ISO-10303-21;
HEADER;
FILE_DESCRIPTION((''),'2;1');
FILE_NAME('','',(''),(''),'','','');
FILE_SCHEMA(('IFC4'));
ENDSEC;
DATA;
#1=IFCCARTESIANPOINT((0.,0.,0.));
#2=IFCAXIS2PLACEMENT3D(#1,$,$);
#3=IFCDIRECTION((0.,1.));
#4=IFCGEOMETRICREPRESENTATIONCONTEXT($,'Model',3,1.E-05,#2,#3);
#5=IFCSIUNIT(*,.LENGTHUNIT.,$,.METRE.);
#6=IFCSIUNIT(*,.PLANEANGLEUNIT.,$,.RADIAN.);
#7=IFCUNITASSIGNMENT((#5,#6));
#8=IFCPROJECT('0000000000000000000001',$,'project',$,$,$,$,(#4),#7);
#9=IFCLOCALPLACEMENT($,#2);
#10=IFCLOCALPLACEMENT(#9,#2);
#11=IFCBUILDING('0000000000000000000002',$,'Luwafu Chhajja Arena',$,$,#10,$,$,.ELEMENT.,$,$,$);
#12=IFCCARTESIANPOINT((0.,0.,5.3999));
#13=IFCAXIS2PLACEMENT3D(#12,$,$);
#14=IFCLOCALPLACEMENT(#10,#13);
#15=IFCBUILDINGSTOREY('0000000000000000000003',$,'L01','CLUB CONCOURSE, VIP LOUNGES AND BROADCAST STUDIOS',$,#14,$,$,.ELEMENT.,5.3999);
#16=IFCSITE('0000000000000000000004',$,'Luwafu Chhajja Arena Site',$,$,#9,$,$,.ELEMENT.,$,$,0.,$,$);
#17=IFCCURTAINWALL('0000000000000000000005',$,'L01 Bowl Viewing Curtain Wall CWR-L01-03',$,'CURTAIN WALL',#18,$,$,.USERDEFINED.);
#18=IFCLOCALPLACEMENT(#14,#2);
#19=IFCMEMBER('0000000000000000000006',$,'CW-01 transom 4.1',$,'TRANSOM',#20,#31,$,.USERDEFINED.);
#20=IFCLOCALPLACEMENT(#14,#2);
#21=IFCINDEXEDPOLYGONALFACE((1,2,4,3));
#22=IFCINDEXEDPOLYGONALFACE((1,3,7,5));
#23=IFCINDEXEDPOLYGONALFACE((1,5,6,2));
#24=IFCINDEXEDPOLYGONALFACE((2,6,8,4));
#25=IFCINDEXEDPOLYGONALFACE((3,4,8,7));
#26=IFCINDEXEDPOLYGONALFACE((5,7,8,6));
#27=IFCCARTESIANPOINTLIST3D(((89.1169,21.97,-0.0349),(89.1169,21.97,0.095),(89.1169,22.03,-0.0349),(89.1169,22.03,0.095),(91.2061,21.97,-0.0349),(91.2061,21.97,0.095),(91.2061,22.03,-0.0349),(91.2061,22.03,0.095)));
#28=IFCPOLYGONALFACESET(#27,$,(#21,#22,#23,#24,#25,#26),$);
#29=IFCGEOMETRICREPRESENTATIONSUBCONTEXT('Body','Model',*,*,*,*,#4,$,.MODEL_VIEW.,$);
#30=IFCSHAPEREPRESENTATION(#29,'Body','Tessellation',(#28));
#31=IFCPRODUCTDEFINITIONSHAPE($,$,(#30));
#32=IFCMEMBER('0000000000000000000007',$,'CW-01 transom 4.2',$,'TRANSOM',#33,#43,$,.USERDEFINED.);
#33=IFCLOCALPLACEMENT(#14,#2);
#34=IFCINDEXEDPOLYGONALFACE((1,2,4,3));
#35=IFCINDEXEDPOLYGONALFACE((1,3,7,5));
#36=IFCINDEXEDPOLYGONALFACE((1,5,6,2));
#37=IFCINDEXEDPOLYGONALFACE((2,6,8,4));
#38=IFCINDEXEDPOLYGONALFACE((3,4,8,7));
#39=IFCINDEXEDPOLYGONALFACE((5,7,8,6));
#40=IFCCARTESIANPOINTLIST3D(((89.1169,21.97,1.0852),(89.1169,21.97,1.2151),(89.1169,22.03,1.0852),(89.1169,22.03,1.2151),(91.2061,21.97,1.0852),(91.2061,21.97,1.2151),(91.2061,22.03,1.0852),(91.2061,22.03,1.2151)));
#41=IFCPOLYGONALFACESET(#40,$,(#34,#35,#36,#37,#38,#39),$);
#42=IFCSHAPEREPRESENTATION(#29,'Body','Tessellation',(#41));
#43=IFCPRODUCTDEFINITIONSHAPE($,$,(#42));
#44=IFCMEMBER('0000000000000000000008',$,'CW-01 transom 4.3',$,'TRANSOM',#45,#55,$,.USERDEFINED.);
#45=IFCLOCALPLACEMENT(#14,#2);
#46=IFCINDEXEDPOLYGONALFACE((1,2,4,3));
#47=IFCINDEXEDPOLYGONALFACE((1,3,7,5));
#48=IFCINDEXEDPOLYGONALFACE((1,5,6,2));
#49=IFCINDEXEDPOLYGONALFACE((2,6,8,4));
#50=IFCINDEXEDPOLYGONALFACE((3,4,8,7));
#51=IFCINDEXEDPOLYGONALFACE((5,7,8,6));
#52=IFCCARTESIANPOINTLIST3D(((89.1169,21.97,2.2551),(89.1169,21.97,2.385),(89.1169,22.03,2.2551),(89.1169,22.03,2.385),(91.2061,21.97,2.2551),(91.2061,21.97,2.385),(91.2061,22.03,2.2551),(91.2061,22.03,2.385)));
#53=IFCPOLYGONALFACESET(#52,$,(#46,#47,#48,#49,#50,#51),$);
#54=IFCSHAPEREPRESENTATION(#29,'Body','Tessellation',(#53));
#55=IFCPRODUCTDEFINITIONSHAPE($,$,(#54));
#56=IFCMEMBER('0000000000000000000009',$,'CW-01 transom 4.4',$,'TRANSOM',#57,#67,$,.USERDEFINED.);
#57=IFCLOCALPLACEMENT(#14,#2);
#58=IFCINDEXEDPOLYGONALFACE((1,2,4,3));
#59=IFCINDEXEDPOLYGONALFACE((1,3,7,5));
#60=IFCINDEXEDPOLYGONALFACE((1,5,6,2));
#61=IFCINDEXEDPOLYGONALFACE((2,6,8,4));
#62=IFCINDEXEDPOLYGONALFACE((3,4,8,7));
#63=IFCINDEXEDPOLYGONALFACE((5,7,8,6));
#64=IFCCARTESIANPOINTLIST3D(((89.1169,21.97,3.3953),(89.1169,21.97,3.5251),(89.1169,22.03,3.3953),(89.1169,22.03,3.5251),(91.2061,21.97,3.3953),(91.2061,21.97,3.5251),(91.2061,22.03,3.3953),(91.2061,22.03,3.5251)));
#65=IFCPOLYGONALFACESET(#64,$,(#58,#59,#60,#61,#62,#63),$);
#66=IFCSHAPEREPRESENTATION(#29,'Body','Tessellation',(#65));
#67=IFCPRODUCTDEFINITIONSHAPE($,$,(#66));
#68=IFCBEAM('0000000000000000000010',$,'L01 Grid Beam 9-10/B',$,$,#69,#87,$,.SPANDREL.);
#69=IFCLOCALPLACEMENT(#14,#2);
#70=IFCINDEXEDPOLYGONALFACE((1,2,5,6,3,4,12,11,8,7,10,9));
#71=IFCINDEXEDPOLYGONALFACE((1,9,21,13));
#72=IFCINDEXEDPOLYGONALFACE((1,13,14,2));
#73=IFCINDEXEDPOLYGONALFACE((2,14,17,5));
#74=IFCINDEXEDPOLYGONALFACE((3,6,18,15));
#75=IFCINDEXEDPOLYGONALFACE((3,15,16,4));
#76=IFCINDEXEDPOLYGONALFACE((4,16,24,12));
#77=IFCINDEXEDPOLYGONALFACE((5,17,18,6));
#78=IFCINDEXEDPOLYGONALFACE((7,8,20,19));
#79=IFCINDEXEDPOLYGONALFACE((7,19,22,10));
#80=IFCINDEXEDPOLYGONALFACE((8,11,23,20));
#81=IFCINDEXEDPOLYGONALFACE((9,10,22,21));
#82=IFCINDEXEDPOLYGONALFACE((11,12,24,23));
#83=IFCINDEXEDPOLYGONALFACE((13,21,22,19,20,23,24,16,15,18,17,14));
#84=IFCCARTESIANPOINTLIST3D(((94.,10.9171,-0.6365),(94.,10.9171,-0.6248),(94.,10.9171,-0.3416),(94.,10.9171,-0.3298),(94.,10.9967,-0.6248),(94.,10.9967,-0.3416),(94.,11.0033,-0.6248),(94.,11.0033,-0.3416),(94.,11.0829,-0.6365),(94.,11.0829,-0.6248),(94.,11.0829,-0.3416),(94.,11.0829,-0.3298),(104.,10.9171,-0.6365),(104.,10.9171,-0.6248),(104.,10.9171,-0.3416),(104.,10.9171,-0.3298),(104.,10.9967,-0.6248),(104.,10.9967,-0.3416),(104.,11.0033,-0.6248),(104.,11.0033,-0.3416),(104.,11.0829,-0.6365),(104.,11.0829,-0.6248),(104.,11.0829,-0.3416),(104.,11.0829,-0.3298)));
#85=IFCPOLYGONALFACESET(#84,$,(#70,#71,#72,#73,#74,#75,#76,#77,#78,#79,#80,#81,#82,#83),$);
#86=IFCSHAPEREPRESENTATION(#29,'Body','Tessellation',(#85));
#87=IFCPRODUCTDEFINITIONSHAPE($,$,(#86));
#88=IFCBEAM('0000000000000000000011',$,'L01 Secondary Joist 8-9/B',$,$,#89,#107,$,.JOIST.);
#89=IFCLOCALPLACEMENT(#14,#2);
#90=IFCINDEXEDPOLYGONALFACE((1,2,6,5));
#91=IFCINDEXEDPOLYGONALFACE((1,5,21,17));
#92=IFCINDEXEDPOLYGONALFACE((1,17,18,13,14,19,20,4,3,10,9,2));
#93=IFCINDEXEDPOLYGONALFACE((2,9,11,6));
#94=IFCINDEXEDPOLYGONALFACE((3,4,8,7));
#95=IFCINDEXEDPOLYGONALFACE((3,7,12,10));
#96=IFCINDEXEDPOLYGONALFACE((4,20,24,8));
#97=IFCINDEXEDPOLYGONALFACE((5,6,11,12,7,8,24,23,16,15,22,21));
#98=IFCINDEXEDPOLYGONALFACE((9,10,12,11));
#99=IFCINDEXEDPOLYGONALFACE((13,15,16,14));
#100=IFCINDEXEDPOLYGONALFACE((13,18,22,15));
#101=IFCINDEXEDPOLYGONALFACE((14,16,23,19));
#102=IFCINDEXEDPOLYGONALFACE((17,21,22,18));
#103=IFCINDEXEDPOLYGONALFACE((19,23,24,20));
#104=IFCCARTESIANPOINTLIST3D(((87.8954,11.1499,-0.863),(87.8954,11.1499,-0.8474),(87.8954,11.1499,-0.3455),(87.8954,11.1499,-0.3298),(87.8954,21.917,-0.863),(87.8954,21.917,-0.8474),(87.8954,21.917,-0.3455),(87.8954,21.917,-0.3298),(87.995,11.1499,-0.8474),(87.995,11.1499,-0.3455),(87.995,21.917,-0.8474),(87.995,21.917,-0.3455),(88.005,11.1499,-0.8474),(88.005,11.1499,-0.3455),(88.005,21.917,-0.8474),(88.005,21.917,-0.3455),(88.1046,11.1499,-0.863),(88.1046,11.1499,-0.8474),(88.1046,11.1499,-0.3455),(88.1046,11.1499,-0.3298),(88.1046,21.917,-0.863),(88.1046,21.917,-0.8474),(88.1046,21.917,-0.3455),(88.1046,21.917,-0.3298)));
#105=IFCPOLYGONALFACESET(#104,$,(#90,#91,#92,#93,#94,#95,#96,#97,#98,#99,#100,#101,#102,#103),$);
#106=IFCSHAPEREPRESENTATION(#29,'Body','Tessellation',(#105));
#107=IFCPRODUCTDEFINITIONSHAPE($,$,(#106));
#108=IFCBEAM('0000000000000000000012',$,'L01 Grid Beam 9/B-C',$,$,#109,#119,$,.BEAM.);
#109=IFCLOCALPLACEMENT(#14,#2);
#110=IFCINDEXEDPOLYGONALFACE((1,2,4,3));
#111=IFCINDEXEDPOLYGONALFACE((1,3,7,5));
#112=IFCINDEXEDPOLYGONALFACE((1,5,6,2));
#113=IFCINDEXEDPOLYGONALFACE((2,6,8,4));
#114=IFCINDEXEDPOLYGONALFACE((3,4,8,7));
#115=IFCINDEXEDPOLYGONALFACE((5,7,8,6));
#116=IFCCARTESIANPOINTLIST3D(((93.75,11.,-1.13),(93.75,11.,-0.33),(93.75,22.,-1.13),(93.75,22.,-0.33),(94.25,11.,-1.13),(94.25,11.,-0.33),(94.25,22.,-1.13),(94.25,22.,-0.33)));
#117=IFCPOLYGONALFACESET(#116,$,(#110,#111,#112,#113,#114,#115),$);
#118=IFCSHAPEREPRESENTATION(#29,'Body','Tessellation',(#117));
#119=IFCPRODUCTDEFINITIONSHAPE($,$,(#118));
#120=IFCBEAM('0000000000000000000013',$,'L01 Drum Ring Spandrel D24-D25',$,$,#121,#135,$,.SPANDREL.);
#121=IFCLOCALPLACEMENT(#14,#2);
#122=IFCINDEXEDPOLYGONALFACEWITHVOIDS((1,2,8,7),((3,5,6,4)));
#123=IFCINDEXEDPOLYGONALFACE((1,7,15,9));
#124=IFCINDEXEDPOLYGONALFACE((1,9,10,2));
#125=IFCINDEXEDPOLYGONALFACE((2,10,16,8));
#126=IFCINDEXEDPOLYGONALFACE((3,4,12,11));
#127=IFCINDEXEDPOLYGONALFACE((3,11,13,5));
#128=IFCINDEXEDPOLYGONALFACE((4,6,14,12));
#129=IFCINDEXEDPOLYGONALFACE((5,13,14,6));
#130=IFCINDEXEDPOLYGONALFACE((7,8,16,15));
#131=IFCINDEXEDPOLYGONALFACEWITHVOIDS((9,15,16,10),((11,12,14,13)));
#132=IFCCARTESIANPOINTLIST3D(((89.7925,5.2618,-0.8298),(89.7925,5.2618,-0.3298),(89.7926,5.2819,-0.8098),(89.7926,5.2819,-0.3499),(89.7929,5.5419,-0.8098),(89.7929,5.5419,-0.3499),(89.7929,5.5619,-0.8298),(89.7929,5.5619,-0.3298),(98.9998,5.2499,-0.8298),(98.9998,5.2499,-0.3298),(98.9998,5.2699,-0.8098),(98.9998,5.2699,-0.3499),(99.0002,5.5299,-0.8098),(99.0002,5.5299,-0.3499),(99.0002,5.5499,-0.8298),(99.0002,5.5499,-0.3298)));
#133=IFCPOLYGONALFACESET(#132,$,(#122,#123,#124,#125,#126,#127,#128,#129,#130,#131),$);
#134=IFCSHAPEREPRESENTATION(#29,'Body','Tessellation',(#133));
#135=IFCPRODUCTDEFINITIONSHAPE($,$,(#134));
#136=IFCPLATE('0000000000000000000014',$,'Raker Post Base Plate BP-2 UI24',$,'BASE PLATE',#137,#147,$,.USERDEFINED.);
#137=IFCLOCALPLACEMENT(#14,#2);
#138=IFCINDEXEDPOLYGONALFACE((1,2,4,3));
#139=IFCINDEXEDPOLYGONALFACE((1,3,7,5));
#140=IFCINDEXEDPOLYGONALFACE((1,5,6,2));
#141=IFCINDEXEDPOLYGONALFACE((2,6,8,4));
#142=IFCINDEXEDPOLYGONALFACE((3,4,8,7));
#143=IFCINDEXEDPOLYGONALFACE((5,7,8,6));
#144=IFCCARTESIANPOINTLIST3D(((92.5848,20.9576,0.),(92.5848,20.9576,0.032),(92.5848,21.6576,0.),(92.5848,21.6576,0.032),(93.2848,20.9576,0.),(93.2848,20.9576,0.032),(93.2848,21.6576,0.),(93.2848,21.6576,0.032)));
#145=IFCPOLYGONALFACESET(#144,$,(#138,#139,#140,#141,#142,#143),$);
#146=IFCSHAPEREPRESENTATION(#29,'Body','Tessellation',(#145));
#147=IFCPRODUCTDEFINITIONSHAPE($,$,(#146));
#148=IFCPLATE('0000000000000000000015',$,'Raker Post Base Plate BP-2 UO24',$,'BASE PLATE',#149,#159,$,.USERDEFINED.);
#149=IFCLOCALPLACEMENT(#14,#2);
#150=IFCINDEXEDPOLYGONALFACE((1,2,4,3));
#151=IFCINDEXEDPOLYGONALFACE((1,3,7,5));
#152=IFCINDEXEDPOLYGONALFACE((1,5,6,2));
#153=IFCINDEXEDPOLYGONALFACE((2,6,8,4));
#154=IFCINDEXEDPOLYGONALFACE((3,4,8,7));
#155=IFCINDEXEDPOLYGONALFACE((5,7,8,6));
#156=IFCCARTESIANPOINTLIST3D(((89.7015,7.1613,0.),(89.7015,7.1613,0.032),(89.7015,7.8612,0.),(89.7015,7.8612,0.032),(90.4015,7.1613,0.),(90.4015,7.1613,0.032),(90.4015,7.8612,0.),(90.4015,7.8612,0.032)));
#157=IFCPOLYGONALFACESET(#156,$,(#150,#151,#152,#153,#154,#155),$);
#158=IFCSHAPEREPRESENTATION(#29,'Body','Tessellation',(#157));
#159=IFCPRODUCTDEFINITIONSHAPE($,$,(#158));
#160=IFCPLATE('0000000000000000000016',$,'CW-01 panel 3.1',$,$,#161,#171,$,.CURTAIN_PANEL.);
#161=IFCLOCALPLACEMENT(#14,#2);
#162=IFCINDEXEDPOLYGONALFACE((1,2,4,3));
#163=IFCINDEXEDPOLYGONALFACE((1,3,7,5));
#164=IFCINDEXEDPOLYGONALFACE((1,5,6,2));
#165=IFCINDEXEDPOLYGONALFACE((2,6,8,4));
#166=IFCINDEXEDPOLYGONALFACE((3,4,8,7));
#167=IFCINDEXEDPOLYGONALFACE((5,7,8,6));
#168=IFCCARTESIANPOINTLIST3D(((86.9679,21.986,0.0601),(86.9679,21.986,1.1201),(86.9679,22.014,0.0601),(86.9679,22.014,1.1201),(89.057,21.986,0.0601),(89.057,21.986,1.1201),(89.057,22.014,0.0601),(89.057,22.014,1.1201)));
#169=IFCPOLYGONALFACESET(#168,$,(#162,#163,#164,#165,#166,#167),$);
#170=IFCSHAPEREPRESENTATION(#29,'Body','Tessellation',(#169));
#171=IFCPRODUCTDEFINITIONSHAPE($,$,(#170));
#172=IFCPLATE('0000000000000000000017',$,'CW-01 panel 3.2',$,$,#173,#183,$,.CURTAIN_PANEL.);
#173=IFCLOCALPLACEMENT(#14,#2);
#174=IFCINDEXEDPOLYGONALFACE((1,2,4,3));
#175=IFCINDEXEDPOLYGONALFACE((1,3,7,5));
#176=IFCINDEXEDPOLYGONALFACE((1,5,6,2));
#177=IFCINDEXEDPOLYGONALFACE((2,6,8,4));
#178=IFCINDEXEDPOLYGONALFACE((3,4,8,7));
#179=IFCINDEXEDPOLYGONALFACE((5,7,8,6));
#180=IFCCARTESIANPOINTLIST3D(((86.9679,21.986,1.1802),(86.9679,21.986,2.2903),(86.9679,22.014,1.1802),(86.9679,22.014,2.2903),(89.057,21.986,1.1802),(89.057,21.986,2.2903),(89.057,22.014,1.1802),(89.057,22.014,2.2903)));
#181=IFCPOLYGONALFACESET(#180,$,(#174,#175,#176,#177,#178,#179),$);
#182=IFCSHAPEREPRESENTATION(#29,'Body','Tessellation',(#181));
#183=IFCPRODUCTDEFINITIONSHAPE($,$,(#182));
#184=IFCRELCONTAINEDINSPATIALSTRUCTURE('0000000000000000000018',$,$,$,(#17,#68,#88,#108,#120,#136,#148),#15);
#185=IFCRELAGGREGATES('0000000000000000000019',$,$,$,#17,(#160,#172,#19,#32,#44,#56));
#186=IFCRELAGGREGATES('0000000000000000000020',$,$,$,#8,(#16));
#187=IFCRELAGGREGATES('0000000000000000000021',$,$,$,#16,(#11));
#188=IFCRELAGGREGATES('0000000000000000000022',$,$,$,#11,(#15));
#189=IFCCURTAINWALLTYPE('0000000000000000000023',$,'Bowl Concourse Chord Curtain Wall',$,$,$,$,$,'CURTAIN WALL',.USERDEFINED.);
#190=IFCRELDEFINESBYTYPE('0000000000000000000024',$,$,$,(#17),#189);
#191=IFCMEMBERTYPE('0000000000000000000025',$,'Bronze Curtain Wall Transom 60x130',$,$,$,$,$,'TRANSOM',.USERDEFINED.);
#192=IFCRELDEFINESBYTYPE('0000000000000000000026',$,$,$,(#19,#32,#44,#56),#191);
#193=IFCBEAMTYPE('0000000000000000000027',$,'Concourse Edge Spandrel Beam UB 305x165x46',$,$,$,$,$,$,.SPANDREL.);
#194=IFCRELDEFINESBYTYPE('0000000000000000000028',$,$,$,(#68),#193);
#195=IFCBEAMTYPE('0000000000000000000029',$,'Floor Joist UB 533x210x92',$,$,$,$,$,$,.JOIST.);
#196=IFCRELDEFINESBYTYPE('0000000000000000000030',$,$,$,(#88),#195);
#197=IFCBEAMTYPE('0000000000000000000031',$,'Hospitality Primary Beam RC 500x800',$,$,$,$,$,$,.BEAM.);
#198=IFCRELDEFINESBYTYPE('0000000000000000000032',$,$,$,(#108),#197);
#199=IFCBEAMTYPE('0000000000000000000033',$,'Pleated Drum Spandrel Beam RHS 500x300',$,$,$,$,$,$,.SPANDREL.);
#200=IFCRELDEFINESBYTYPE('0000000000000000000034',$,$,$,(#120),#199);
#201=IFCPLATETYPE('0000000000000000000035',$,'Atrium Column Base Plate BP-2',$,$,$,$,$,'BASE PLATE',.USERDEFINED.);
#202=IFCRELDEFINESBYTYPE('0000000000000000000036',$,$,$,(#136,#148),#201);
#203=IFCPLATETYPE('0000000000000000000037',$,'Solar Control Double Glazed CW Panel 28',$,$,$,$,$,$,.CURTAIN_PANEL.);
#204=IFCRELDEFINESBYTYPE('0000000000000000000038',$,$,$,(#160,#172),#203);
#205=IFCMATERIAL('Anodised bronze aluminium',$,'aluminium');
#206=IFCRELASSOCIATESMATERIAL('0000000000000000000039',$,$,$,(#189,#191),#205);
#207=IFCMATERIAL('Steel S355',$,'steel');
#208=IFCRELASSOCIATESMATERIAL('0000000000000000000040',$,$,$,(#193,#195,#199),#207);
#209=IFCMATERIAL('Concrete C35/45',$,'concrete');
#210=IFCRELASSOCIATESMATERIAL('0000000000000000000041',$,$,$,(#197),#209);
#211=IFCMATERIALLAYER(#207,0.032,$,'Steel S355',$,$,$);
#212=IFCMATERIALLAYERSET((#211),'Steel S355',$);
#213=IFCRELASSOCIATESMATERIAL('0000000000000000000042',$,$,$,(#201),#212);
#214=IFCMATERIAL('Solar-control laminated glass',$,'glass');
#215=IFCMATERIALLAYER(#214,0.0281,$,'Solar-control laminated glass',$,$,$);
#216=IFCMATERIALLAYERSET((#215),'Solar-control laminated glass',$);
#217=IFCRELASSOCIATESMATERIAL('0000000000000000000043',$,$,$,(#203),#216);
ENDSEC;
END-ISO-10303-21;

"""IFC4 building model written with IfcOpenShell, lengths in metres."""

from ifc_helpers import new_model, si_unit, direction, frame, origin, origin_2d, place, context, subcontext, project, spatial, rectangle, hollow_rectangle, i_section, extrude, material, layer, layer_set, material_profile, profile_set, type_object, element, aggregate, save


model = new_model("IFC4")

# Units and contexts
model_context = context("Model", 3, precision=1e-05, world=origin(), true_north=direction((0.0, 1.0)))
body_context = subcontext(model_context, "Body", "Model", "MODEL_VIEW")
ifc_project = project(units=[si_unit("LENGTHUNIT", "METRE"), si_unit("PLANEANGLEUNIT", "RADIAN")], contexts=[model_context])

# Site, building, storey
site_placement = place(None, origin())
site = spatial("IfcSite", under=ifc_project, at=site_placement, Name="Luwafu Chhajja Arena Site", CompositionType="ELEMENT", RefElevation=0.0)
building_placement = place(site_placement, origin())
building = spatial("IfcBuilding", under=site, at=building_placement, Name="Luwafu Chhajja Arena", CompositionType="ELEMENT")
storey_placement = place(building_placement, frame((0.0, 0.0, 5.3999)))
storey = spatial("IfcBuildingStorey", under=building, at=storey_placement, Name="L01", Description="CLUB CONCOURSE, VIP LOUNGES AND BROADCAST STUDIOS", CompositionType="ELEMENT", Elevation=5.3999)

# Shared definitions
ifc_material_1 = material(Name="Steel S355", Category="steel")

# Curtain wall, members
ifc_material_2 = material(Name="Anodised bronze aluminium", Category="aluminium")
curtain_wall_type = type_object("IfcCurtainWallType", Name="Bowl Concourse Chord Curtain Wall", ElementType="CURTAIN WALL", PredefinedType="USERDEFINED", material=ifc_material_2)
curtain_wall_placement = place(storey_placement, origin())
curtain_wall = element("IfcCurtainWall", 1, at=curtain_wall_placement, inside=storey, type_object=curtain_wall_type, Name="L01 Bowl Viewing Curtain Wall CWR-L01-03", ObjectType="CURTAIN WALL", PredefinedType="USERDEFINED")
ifc_material_profile_1 = material_profile(ifc_material_2, rectangle(XDim=0.0601, YDim=0.1299, at=origin_2d()), Name="CWT 60x130")
ifc_profile_set_1 = profile_set([ifc_material_profile_1], Name="Anodised bronze aluminium")
member_type_1 = type_object("IfcMemberType", Name="Bronze Curtain Wall Transom 60x130", ElementType="TRANSOM", PredefinedType="USERDEFINED", material=ifc_profile_set_1)
member_1_placement = place(storey_placement, frame((89.1169, 22.0, 0.03), z_axis=(1.0, 0.0, 0.0), x_axis=(0.0, 1.0, 0.0)))
member_1 = element("IfcMember", 2, at=member_1_placement, type_object=member_type_1, Name="CW-01 transom 4.1", ObjectType="TRANSOM", PredefinedType="USERDEFINED", context=body_context, shape_type="SweptSolid", body=[
    extrude(rectangle(XDim=0.0601, YDim=0.1299, at=origin_2d()), origin(), (0.0, 0.0, 1.0), 2.0891),
])
member_2_placement = place(storey_placement, frame((89.1169, 22.0, 1.1501), z_axis=(1.0, 0.0, 0.0), x_axis=(0.0, 1.0, 0.0)))
member_2 = element("IfcMember", 3, at=member_2_placement, type_object=member_type_1, Name="CW-01 transom 4.2", ObjectType="TRANSOM", PredefinedType="USERDEFINED", context=body_context, shape_type="SweptSolid", body=[
    extrude(rectangle(XDim=0.0601, YDim=0.1299, at=origin_2d()), origin(), (0.0, 0.0, 1.0), 2.0891),
])
member_3_placement = place(storey_placement, frame((89.1169, 22.0, 2.3201), z_axis=(1.0, 0.0, 0.0), x_axis=(0.0, 1.0, 0.0)))
member_3 = element("IfcMember", 4, at=member_3_placement, type_object=member_type_1, Name="CW-01 transom 4.3", ObjectType="TRANSOM", PredefinedType="USERDEFINED", context=body_context, shape_type="SweptSolid", body=[
    extrude(rectangle(XDim=0.0601, YDim=0.1299, at=origin_2d()), origin(), (0.0, 0.0, 1.0), 2.0891),
])
member_4_placement = place(storey_placement, frame((89.1169, 22.0, 3.4602), z_axis=(1.0, 0.0, 0.0), x_axis=(0.0, 1.0, 0.0)))
member_4 = element("IfcMember", 5, at=member_4_placement, type_object=member_type_1, Name="CW-01 transom 4.4", ObjectType="TRANSOM", PredefinedType="USERDEFINED", context=body_context, shape_type="SweptSolid", body=[
    extrude(rectangle(XDim=0.0601, YDim=0.1299, at=origin_2d()), origin(), (0.0, 0.0, 1.0), 2.0891),
])

# Beams
ifc_material_profile_2 = material_profile(ifc_material_1, i_section(OverallWidth=0.1658, OverallDepth=0.3066, WebThickness=0.0066, FlangeThickness=0.0117, at=origin_2d()), Name="UB 305x165x46")
ifc_profile_set_2 = profile_set([ifc_material_profile_2], Name="Steel S355")
beam_type_1 = type_object("IfcBeamType", Name="Concourse Edge Spandrel Beam UB 305x165x46", PredefinedType="SPANDREL", material=ifc_profile_set_2)
beam_1_placement = place(storey_placement, frame((94.0, 11.0, -0.4832), z_axis=(1.0, 0.0, 0.0), x_axis=(0.0, 1.0, 0.0)))
element("IfcBeam", 6, at=beam_1_placement, inside=storey, type_object=beam_type_1, Name="L01 Grid Beam 9-10/B", PredefinedType="SPANDREL", context=body_context, shape_type="SweptSolid", body=[
    extrude(i_section(OverallWidth=0.1658, OverallDepth=0.3066, WebThickness=0.0066, FlangeThickness=0.0117, at=origin_2d()), origin(), (0.0, 0.0, 1.0), 10.0),
])
ifc_material_profile_3 = material_profile(ifc_material_1, i_section(OverallWidth=0.2092, OverallDepth=0.5332, WebThickness=0.01, FlangeThickness=0.0156, at=origin_2d()), Name="UB 533x210x92")
ifc_profile_set_3 = profile_set([ifc_material_profile_3], Name="Steel S355")
beam_type_2 = type_object("IfcBeamType", Name="Floor Joist UB 533x210x92", PredefinedType="JOIST", material=ifc_profile_set_3)
beam_2_placement = place(storey_placement, frame((88.0, 11.1499, -0.5964), z_axis=(0.0, 1.0, 0.0), x_axis=(-1.0, 0.0, 0.0)))
element("IfcBeam", 7, at=beam_2_placement, inside=storey, type_object=beam_type_2, Name="L01 Secondary Joist 8-9/B", PredefinedType="JOIST", context=body_context, shape_type="SweptSolid", body=[
    extrude(i_section(OverallWidth=0.2092, OverallDepth=0.5332, WebThickness=0.01, FlangeThickness=0.0156, at=origin_2d()), origin(), (0.0, 0.0, 1.0), 10.7671),
])
ifc_material_3 = material(Name="Concrete C35/45", Category="concrete")
ifc_material_profile_4 = material_profile(ifc_material_3, rectangle(XDim=0.5, YDim=0.8, at=origin_2d()), Name="RC 500x800")
ifc_profile_set_4 = profile_set([ifc_material_profile_4], Name="Concrete C35/45")
beam_type_3 = type_object("IfcBeamType", Name="Hospitality Primary Beam RC 500x800", PredefinedType="BEAM", material=ifc_profile_set_4)
beam_3_placement = place(storey_placement, frame((94.0, 11.0, -0.73), z_axis=(0.0, 1.0, 0.0), x_axis=(-1.0, 0.0, 0.0)))
element("IfcBeam", 8, at=beam_3_placement, inside=storey, type_object=beam_type_3, Name="L01 Grid Beam 9/B-C", PredefinedType="BEAM", context=body_context, shape_type="SweptSolid", body=[
    extrude(rectangle(XDim=0.5, YDim=0.8, at=origin_2d()), origin(), (0.0, 0.0, 1.0), 11.0),
])
ifc_material_profile_5 = material_profile(ifc_material_1, hollow_rectangle(XDim=0.3, YDim=0.5, WallThickness=0.02, at=origin_2d()), Name="RHS 500x300x20")
ifc_profile_set_5 = profile_set([ifc_material_profile_5], Name="Steel S355")
beam_type_4 = type_object("IfcBeamType", Name="Pleated Drum Spandrel Beam RHS 500x300", PredefinedType="SPANDREL", material=ifc_profile_set_5)
beam_4_placement = place(storey_placement, frame((89.7927, 5.4119, -0.5798), z_axis=(0.999999, -0.001299, 0.0), x_axis=(0.001299, 0.999999, 0.0)))
element("IfcBeam", 9, at=beam_4_placement, inside=storey, type_object=beam_type_4, Name="L01 Drum Ring Spandrel D24-D25", PredefinedType="SPANDREL", context=body_context, shape_type="SweptSolid", body=[
    extrude(hollow_rectangle(XDim=0.3, YDim=0.5, WallThickness=0.02, at=origin_2d()), origin(), (0.0, 0.0, 1.0), 9.2073),
])

# Plates
ifc_layer_1 = layer(ifc_material_1, 0.032, Name="Steel S355")
ifc_layer_set_1 = layer_set([ifc_layer_1], Name="Steel S355")
plate_type_1 = type_object("IfcPlateType", Name="Atrium Column Base Plate BP-2", ElementType="BASE PLATE", PredefinedType="USERDEFINED", material=ifc_layer_set_1)
for number, where, z_axis, x_axis, name in (
    (10, (92.9348, 21.3076, 0.0), (0.0, 0.0, 1.0), (1.0, 0.0, 0.0), "Raker Post Base Plate BP-2 UI24"),
    (11, (90.0515, 7.5112, 0.0), (0.0, 0.0, 1.0), (1.0, 0.0, 0.0), "Raker Post Base Plate BP-2 UO24"),
):
    element("IfcPlate", number, at=place(storey_placement, frame(where, z_axis=z_axis, x_axis=x_axis)), inside=storey, type_object=plate_type_1, Name=name, ObjectType="BASE PLATE", PredefinedType="USERDEFINED", context=body_context, shape_type="SweptSolid", body=[
        extrude(rectangle(XDim=0.7, YDim=0.7, at=origin_2d()), origin(), (0.0, 0.0, 1.0), 0.032),
    ])

# Plates
ifc_material_4 = material(Name="Solar-control laminated glass", Category="glass")
ifc_layer_2 = layer(ifc_material_4, 0.0281, Name="Solar-control laminated glass")
ifc_layer_set_2 = layer_set([ifc_layer_2], Name="Solar-control laminated glass")
plate_type_2 = type_object("IfcPlateType", Name="Solar Control Double Glazed CW Panel 28", PredefinedType="CURTAIN_PANEL", material=ifc_layer_set_2)
plate_1_placement = place(storey_placement, frame((88.0125, 22.0, 0.0601), z_axis=(0.0, 0.0, 1.0), x_axis=(1.0, 0.0, 0.0)))
plate_1 = element("IfcPlate", 12, at=plate_1_placement, type_object=plate_type_2, Name="CW-01 panel 3.1", PredefinedType="CURTAIN_PANEL", context=body_context, shape_type="SweptSolid", body=[
    extrude(rectangle(XDim=2.0891, YDim=0.0281, at=origin_2d()), origin(), (0.0, 0.0, 1.0), 1.0601),
])
plate_2_placement = place(storey_placement, frame((88.0125, 22.0, 1.1802), z_axis=(0.0, 0.0, 1.0), x_axis=(1.0, 0.0, 0.0)))
plate_2 = element("IfcPlate", 13, at=plate_2_placement, type_object=plate_type_2, Name="CW-01 panel 3.2", PredefinedType="CURTAIN_PANEL", context=body_context, shape_type="SweptSolid", body=[
    extrude(rectangle(XDim=2.0891, YDim=0.0281, at=origin_2d()), origin(), (0.0, 0.0, 1.0), 1.1101),
])
aggregate(curtain_wall, [plate_1, plate_2, member_1, member_2, member_3, member_4])

save(model, "model.ifc")
